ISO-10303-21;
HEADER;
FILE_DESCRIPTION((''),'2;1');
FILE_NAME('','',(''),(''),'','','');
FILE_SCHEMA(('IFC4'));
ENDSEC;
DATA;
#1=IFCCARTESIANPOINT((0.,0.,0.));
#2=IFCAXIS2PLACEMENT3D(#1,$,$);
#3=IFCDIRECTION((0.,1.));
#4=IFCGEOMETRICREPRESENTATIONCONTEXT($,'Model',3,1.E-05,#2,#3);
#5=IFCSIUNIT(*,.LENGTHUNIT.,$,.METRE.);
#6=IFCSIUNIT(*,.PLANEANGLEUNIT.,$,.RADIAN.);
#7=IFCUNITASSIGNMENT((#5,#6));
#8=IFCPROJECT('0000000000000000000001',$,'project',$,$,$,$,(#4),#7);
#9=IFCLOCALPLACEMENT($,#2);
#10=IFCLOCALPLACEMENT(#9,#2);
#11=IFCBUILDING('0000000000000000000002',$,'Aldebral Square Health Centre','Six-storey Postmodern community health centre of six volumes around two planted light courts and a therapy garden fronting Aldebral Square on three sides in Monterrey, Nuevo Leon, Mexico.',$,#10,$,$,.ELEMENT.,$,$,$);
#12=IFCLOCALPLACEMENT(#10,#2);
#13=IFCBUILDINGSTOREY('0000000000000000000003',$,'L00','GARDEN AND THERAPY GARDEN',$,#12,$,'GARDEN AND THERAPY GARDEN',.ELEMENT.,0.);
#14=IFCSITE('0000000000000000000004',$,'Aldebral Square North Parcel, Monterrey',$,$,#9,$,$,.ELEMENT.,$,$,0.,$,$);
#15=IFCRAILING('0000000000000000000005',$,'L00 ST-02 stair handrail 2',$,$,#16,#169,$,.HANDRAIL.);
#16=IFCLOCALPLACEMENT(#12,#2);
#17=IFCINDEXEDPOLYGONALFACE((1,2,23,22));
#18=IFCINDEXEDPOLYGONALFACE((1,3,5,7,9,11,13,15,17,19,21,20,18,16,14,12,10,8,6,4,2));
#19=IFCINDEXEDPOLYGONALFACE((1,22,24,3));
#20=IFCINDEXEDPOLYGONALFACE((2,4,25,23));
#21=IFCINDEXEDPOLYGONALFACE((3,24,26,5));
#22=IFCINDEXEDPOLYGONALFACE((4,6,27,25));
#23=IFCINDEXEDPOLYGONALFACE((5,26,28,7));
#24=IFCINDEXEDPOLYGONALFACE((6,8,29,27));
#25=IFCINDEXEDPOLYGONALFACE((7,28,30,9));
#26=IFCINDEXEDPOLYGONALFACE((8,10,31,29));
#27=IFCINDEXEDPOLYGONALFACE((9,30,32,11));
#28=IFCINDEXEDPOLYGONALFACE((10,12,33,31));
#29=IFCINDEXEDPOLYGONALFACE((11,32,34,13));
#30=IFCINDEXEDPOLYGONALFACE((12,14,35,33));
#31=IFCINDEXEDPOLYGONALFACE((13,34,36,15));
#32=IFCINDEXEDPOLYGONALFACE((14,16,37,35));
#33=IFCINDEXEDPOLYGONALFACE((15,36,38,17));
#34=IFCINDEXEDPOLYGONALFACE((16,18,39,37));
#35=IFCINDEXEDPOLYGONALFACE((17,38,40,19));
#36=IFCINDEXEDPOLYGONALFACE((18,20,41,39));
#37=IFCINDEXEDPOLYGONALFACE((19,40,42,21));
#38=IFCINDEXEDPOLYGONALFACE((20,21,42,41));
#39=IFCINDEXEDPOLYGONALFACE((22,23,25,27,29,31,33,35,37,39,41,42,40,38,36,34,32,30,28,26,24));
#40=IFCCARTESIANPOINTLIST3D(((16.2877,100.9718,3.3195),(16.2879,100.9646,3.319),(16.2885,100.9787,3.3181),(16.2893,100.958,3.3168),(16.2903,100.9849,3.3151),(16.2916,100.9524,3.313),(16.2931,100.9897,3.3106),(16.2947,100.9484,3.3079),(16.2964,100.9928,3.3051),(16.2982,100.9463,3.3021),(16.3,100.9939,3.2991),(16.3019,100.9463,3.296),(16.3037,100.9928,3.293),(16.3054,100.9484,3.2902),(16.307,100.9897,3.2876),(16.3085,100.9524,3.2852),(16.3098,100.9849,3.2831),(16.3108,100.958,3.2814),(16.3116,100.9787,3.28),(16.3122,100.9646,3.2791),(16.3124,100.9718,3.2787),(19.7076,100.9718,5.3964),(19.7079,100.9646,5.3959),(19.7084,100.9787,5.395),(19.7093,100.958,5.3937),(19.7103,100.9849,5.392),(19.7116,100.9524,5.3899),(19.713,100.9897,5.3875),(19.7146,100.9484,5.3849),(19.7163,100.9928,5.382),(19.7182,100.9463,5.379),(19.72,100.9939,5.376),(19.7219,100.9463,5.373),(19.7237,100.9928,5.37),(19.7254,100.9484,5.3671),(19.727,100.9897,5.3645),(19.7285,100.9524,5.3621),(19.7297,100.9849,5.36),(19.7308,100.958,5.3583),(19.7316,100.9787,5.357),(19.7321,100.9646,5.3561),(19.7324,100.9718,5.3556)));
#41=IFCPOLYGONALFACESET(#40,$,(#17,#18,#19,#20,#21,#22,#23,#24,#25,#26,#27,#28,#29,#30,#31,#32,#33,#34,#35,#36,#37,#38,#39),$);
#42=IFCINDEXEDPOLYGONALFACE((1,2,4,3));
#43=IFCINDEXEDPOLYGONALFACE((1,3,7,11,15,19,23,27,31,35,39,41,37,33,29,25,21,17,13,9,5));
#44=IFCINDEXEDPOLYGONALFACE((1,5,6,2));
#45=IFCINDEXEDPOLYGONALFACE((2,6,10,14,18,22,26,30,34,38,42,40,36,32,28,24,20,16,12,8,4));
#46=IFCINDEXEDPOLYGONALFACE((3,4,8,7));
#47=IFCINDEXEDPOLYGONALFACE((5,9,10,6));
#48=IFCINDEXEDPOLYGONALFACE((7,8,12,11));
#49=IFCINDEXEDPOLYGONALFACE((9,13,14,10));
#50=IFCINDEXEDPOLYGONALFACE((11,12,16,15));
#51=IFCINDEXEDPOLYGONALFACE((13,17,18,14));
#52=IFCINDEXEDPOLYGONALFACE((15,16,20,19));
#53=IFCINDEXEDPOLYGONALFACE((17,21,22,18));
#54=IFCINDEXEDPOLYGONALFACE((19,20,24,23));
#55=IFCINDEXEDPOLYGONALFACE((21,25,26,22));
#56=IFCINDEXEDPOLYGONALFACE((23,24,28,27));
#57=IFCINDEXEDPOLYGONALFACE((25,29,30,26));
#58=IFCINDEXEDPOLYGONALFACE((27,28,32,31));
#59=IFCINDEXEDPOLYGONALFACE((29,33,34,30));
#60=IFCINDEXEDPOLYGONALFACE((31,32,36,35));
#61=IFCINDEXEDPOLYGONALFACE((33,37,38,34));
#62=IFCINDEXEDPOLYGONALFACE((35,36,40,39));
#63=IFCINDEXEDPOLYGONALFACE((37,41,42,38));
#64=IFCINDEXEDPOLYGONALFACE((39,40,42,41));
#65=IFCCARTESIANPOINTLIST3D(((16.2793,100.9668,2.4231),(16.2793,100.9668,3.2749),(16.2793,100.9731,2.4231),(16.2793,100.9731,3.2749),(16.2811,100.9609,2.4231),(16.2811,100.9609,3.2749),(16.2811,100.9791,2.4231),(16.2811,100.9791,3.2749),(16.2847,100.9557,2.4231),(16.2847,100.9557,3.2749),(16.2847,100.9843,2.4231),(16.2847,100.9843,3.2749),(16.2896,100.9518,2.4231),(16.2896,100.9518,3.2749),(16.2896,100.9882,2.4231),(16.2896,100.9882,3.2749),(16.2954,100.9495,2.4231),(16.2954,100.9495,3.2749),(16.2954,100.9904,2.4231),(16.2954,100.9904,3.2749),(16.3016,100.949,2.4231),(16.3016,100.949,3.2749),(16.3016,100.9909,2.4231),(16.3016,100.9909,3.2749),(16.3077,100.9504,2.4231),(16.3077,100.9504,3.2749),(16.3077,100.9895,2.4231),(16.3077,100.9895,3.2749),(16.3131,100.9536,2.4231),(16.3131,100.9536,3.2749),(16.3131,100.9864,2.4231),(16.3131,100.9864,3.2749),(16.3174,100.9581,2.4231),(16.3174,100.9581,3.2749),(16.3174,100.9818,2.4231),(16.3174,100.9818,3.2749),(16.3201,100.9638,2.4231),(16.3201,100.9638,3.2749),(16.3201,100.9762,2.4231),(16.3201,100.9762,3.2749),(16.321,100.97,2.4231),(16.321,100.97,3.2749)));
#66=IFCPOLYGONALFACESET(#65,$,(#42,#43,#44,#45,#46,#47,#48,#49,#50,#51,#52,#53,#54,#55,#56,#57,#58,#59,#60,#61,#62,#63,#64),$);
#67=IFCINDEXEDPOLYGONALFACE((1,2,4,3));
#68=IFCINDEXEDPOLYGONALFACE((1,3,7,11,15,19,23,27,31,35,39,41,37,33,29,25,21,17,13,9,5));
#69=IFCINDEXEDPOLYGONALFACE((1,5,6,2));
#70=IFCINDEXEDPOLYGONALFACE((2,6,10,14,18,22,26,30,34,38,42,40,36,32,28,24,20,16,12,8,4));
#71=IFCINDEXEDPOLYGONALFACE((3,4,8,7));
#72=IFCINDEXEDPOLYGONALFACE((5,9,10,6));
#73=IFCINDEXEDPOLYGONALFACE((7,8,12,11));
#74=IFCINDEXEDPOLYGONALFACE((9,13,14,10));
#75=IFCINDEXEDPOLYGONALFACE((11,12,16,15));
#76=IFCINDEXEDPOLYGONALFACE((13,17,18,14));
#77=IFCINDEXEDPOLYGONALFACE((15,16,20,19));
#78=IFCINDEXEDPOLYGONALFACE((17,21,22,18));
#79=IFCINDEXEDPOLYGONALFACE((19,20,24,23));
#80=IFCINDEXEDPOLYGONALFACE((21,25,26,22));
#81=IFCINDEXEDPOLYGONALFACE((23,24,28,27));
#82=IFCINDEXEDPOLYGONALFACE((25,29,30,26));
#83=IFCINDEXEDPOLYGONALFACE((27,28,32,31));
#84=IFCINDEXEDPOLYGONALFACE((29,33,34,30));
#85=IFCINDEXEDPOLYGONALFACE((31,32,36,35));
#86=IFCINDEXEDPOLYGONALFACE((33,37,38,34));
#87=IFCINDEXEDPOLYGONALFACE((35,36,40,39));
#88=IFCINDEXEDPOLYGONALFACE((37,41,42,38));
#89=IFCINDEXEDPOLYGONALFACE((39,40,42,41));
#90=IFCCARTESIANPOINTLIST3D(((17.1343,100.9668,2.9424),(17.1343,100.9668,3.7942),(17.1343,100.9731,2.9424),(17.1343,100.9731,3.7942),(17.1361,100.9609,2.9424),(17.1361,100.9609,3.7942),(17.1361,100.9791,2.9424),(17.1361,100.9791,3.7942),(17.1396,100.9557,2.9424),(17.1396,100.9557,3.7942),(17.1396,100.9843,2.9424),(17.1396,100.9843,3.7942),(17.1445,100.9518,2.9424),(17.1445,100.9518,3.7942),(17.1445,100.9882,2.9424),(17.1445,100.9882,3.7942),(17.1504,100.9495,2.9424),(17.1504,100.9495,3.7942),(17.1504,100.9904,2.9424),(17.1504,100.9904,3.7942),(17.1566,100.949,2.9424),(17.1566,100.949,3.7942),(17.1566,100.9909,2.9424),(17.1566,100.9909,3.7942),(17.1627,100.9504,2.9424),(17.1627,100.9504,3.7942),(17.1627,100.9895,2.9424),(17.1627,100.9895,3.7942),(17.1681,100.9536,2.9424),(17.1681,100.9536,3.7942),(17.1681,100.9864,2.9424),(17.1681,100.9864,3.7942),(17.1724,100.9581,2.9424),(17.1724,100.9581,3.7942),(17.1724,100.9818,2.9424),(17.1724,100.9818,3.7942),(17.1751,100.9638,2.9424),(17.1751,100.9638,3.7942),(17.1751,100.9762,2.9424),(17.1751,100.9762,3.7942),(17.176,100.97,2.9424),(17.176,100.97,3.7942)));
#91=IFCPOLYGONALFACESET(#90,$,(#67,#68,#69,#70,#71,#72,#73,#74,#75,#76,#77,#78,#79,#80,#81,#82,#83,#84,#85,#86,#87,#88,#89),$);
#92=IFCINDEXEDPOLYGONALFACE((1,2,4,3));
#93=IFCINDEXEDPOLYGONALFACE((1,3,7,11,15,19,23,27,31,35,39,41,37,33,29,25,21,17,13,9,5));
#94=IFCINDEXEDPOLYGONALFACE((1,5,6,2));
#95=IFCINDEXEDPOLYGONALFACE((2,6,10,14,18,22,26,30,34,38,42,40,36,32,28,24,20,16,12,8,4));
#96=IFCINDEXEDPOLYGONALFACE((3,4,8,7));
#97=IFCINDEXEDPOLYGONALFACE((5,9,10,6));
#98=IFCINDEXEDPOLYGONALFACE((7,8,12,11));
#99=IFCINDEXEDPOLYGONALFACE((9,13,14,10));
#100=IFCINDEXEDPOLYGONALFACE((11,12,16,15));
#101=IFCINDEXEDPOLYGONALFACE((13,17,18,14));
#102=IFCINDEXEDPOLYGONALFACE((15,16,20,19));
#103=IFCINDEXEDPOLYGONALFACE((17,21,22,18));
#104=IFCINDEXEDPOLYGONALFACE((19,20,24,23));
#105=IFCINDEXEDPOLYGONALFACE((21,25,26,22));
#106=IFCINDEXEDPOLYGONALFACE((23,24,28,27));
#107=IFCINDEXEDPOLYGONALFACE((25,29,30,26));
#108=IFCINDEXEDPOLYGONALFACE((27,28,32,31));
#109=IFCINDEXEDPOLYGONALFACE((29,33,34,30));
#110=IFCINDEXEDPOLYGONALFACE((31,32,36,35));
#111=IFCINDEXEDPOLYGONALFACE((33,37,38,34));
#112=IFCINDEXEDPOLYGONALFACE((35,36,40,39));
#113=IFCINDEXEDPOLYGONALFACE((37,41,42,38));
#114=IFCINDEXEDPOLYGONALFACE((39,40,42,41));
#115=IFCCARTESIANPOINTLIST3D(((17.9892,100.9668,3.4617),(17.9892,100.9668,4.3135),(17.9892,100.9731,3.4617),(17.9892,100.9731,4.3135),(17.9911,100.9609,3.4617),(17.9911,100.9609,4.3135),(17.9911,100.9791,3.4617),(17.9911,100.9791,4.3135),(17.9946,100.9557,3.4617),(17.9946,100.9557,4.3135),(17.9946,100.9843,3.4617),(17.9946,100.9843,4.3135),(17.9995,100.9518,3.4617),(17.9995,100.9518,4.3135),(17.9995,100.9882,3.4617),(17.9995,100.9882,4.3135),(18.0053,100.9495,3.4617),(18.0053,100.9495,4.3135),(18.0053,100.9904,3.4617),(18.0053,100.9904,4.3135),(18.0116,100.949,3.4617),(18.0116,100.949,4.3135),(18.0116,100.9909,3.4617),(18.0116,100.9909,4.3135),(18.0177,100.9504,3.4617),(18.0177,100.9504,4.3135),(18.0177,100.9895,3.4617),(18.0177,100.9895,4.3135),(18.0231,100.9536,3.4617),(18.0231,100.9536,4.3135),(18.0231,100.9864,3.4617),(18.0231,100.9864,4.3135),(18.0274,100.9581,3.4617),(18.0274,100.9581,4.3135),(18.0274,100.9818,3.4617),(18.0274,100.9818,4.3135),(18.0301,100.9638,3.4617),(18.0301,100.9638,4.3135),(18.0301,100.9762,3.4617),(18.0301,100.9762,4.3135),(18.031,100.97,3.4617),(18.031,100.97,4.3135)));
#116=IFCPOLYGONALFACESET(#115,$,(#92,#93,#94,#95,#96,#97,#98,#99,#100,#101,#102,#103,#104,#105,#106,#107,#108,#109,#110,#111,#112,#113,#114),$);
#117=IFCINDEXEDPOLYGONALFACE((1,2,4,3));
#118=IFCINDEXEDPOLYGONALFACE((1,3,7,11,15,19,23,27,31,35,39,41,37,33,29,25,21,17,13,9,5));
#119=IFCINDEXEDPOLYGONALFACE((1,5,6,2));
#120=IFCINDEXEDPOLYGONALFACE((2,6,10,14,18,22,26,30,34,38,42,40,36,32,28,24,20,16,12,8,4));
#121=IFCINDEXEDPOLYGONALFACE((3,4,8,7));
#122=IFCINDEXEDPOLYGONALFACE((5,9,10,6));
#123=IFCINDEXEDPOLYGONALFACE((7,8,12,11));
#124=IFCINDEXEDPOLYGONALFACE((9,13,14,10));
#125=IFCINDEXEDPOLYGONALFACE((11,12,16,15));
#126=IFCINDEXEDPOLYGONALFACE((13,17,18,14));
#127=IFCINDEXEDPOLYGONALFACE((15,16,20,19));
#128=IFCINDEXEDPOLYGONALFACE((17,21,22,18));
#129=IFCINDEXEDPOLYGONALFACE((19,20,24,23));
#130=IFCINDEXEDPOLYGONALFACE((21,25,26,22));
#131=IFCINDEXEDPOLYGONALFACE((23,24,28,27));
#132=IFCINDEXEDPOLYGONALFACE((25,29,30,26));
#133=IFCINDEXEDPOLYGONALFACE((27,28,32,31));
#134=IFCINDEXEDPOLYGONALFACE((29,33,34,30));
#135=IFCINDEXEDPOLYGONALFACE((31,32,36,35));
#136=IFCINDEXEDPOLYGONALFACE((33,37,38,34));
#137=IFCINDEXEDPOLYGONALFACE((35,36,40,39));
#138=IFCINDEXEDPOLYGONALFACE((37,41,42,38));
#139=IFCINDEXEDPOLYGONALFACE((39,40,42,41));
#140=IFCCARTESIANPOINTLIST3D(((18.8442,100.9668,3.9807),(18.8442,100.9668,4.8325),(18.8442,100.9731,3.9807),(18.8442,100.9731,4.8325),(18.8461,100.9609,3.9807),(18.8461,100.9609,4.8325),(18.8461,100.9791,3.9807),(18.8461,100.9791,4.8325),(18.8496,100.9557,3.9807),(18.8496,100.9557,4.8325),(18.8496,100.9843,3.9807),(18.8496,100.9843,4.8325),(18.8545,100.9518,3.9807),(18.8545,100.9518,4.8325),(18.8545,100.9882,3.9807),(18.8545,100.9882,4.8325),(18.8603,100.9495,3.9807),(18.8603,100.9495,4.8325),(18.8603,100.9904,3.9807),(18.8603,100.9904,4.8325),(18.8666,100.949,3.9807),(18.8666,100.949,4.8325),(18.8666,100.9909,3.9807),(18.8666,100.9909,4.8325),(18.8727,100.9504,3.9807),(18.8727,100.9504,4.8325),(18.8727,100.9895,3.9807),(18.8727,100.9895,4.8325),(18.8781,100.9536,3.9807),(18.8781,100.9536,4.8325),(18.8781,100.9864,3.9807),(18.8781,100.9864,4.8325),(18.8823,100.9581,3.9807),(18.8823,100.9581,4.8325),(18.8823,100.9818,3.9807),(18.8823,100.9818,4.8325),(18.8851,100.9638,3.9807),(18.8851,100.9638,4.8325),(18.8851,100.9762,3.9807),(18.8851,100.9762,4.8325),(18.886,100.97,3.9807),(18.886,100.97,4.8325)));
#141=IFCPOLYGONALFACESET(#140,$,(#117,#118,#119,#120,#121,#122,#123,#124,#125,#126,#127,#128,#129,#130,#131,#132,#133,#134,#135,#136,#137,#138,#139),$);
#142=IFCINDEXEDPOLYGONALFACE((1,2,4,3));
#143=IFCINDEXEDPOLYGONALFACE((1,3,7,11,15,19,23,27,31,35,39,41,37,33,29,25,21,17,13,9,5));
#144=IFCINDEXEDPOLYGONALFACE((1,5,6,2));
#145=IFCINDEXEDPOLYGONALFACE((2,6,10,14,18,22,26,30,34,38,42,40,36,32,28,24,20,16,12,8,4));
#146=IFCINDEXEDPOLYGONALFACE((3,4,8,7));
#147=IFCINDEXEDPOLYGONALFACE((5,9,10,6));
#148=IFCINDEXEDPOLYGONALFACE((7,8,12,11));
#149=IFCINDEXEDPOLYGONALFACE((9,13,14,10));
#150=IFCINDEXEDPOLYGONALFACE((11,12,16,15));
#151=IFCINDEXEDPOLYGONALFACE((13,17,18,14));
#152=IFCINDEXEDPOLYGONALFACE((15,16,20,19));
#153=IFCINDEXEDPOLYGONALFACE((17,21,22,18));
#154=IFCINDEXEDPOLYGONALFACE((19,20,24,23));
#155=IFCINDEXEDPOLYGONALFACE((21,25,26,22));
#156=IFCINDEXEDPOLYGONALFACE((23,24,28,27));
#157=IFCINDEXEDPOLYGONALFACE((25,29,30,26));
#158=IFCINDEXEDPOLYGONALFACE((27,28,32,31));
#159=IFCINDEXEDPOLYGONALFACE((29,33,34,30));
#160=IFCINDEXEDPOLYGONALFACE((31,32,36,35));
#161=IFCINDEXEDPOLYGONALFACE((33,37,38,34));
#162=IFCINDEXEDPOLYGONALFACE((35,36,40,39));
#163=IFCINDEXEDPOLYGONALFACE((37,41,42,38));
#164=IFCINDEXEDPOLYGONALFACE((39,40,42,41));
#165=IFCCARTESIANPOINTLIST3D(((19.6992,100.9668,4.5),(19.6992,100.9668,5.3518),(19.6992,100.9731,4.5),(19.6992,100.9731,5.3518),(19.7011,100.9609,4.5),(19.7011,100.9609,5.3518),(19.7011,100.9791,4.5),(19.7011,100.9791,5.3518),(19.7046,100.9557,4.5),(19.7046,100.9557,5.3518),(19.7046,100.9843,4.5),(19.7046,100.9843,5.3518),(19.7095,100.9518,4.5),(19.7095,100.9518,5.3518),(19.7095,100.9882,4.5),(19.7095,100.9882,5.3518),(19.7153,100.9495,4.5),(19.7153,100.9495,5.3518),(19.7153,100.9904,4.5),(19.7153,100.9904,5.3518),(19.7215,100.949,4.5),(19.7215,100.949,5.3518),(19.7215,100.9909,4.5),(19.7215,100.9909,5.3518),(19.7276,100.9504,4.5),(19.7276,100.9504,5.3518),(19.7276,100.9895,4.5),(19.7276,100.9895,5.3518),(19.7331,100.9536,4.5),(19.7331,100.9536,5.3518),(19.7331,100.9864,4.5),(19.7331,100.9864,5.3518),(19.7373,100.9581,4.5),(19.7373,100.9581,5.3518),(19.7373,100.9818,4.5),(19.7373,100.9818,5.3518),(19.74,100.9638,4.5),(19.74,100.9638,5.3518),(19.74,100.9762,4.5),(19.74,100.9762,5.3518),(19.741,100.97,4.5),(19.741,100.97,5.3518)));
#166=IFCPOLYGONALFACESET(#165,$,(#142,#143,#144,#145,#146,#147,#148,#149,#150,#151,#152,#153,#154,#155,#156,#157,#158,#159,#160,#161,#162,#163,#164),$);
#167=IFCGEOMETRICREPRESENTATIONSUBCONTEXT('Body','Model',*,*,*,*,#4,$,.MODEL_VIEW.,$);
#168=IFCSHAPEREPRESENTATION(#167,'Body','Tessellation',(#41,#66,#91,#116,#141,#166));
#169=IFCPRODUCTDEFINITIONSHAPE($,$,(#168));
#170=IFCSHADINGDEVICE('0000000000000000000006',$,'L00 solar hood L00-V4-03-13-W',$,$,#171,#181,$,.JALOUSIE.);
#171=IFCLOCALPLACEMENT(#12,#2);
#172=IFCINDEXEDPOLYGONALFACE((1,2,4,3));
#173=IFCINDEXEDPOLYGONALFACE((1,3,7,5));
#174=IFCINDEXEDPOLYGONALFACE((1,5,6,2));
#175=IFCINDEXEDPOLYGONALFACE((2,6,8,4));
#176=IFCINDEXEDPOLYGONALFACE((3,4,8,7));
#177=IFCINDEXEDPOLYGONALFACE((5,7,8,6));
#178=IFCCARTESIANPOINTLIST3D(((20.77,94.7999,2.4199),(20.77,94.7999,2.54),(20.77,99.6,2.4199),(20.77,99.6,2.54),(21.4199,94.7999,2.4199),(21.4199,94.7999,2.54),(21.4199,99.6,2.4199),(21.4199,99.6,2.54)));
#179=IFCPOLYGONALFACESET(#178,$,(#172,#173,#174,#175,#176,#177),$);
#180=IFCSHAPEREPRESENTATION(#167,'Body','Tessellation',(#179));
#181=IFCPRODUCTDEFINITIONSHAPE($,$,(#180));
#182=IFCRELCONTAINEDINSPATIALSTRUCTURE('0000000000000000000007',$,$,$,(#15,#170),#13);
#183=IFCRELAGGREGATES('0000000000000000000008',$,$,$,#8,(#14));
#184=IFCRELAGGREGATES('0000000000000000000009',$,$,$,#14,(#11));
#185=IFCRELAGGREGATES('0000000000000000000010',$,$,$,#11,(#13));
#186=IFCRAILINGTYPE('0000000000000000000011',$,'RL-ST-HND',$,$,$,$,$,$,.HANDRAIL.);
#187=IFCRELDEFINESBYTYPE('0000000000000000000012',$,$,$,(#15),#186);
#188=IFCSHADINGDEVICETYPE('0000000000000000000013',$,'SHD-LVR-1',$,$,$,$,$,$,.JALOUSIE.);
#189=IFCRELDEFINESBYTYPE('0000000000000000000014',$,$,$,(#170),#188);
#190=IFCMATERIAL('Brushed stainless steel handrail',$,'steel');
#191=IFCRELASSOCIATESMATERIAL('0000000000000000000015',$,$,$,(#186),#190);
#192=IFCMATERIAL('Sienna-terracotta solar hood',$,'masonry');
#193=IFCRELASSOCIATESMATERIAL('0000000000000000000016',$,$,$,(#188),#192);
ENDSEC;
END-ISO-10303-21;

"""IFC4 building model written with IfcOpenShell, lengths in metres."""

from ifc_helpers import new_model, si_unit, direction, frame, origin, origin_2d, place, context, subcontext, project, spatial, rectangle, circle, extrude, material, type_object, element, save


model = new_model("IFC4")

# Units and contexts
model_context = context("Model", 3, precision=1e-05, world=origin(), true_north=direction((0.0, 1.0)))
body_context = subcontext(model_context, "Body", "Model", "MODEL_VIEW")
ifc_project = project(units=[si_unit("LENGTHUNIT", "METRE"), si_unit("PLANEANGLEUNIT", "RADIAN")], contexts=[model_context])

# Site, building, storey
site_placement = place(None, origin())
site = spatial("IfcSite", under=ifc_project, at=site_placement, Name="Aldebral Square North Parcel, Monterrey", CompositionType="ELEMENT", RefElevation=0.0)
building_placement = place(site_placement, origin())
building = spatial("IfcBuilding", under=site, at=building_placement, Name="Aldebral Square Health Centre", Description="Six-storey Postmodern community health centre of six volumes around two planted light courts and a therapy garden fronting Aldebral Square on three sides in Monterrey, Nuevo Leon, Mexico.", CompositionType="ELEMENT")
storey_placement = place(building_placement, origin())
storey = spatial("IfcBuildingStorey", under=building, at=storey_placement, Name="L00", Description="GARDEN AND THERAPY GARDEN", LongName="GARDEN AND THERAPY GARDEN", CompositionType="ELEMENT", Elevation=0.0)

# Railing
ifc_material_1 = material(Name="Brushed stainless steel handrail", Category="steel")
railing_type_1 = type_object("IfcRailingType", Name="RL-ST-HND", PredefinedType="HANDRAIL", material=ifc_material_1)
railing_1_placement = place(storey_placement, frame((16.3, 100.97, 2.4231)))
element("IfcRailing", 1, at=railing_1_placement, inside=storey, type_object=railing_type_1, Name="L00 ST-02 stair handrail 2", PredefinedType="HANDRAIL", context=body_context, shape_type="SweptSolid", body=[
    extrude(circle(Radius=0.0239, at=origin_2d()), frame((0.0, 0.0, 0.876), z_axis=(0.85473, 0.0, 0.519074), x_axis=(0.0, 1.0, 0.0)), (0.0, 0.0, 1.0), 4.0012),
    extrude(circle(Radius=0.021, at=origin_2d()), origin(), (0.0, 0.0, 1.0), 0.8518),
    extrude(circle(Radius=0.021, at=origin_2d()), frame((0.855, 0.0, 0.5193)), (0.0, 0.0, 1.0), 0.8518),
    extrude(circle(Radius=0.021, at=origin_2d()), frame((1.71, 0.0, 1.0386)), (0.0, 0.0, 1.0), 0.8518),
    extrude(circle(Radius=0.021, at=origin_2d()), frame((2.5649, 0.0, 1.5576)), (0.0, 0.0, 1.0), 0.8518),
    extrude(circle(Radius=0.021, at=origin_2d()), frame((3.4199, 0.0, 2.0769)), (0.0, 0.0, 1.0), 0.8518),
])

# Shading device
ifc_material_2 = material(Name="Sienna-terracotta solar hood", Category="masonry")
shading_device_type = type_object("IfcShadingDeviceType", Name="SHD-LVR-1", PredefinedType="JALOUSIE", material=ifc_material_2)
shading_device_placement = place(storey_placement, frame((21.095, 97.2, 2.4199), z_axis=(0.0, 0.0, 1.0), x_axis=(0.0, 1.0, 0.0)))
element("IfcShadingDevice", 2, at=shading_device_placement, inside=storey, type_object=shading_device_type, Name="L00 solar hood L00-V4-03-13-W", PredefinedType="JALOUSIE", context=body_context, shape_type="SweptSolid", body=[
    extrude(rectangle(XDim=4.8, YDim=0.6499, at=origin_2d()), origin(), (0.0, 0.0, 1.0), 0.1201),
])

save(model, "model.ifc")
